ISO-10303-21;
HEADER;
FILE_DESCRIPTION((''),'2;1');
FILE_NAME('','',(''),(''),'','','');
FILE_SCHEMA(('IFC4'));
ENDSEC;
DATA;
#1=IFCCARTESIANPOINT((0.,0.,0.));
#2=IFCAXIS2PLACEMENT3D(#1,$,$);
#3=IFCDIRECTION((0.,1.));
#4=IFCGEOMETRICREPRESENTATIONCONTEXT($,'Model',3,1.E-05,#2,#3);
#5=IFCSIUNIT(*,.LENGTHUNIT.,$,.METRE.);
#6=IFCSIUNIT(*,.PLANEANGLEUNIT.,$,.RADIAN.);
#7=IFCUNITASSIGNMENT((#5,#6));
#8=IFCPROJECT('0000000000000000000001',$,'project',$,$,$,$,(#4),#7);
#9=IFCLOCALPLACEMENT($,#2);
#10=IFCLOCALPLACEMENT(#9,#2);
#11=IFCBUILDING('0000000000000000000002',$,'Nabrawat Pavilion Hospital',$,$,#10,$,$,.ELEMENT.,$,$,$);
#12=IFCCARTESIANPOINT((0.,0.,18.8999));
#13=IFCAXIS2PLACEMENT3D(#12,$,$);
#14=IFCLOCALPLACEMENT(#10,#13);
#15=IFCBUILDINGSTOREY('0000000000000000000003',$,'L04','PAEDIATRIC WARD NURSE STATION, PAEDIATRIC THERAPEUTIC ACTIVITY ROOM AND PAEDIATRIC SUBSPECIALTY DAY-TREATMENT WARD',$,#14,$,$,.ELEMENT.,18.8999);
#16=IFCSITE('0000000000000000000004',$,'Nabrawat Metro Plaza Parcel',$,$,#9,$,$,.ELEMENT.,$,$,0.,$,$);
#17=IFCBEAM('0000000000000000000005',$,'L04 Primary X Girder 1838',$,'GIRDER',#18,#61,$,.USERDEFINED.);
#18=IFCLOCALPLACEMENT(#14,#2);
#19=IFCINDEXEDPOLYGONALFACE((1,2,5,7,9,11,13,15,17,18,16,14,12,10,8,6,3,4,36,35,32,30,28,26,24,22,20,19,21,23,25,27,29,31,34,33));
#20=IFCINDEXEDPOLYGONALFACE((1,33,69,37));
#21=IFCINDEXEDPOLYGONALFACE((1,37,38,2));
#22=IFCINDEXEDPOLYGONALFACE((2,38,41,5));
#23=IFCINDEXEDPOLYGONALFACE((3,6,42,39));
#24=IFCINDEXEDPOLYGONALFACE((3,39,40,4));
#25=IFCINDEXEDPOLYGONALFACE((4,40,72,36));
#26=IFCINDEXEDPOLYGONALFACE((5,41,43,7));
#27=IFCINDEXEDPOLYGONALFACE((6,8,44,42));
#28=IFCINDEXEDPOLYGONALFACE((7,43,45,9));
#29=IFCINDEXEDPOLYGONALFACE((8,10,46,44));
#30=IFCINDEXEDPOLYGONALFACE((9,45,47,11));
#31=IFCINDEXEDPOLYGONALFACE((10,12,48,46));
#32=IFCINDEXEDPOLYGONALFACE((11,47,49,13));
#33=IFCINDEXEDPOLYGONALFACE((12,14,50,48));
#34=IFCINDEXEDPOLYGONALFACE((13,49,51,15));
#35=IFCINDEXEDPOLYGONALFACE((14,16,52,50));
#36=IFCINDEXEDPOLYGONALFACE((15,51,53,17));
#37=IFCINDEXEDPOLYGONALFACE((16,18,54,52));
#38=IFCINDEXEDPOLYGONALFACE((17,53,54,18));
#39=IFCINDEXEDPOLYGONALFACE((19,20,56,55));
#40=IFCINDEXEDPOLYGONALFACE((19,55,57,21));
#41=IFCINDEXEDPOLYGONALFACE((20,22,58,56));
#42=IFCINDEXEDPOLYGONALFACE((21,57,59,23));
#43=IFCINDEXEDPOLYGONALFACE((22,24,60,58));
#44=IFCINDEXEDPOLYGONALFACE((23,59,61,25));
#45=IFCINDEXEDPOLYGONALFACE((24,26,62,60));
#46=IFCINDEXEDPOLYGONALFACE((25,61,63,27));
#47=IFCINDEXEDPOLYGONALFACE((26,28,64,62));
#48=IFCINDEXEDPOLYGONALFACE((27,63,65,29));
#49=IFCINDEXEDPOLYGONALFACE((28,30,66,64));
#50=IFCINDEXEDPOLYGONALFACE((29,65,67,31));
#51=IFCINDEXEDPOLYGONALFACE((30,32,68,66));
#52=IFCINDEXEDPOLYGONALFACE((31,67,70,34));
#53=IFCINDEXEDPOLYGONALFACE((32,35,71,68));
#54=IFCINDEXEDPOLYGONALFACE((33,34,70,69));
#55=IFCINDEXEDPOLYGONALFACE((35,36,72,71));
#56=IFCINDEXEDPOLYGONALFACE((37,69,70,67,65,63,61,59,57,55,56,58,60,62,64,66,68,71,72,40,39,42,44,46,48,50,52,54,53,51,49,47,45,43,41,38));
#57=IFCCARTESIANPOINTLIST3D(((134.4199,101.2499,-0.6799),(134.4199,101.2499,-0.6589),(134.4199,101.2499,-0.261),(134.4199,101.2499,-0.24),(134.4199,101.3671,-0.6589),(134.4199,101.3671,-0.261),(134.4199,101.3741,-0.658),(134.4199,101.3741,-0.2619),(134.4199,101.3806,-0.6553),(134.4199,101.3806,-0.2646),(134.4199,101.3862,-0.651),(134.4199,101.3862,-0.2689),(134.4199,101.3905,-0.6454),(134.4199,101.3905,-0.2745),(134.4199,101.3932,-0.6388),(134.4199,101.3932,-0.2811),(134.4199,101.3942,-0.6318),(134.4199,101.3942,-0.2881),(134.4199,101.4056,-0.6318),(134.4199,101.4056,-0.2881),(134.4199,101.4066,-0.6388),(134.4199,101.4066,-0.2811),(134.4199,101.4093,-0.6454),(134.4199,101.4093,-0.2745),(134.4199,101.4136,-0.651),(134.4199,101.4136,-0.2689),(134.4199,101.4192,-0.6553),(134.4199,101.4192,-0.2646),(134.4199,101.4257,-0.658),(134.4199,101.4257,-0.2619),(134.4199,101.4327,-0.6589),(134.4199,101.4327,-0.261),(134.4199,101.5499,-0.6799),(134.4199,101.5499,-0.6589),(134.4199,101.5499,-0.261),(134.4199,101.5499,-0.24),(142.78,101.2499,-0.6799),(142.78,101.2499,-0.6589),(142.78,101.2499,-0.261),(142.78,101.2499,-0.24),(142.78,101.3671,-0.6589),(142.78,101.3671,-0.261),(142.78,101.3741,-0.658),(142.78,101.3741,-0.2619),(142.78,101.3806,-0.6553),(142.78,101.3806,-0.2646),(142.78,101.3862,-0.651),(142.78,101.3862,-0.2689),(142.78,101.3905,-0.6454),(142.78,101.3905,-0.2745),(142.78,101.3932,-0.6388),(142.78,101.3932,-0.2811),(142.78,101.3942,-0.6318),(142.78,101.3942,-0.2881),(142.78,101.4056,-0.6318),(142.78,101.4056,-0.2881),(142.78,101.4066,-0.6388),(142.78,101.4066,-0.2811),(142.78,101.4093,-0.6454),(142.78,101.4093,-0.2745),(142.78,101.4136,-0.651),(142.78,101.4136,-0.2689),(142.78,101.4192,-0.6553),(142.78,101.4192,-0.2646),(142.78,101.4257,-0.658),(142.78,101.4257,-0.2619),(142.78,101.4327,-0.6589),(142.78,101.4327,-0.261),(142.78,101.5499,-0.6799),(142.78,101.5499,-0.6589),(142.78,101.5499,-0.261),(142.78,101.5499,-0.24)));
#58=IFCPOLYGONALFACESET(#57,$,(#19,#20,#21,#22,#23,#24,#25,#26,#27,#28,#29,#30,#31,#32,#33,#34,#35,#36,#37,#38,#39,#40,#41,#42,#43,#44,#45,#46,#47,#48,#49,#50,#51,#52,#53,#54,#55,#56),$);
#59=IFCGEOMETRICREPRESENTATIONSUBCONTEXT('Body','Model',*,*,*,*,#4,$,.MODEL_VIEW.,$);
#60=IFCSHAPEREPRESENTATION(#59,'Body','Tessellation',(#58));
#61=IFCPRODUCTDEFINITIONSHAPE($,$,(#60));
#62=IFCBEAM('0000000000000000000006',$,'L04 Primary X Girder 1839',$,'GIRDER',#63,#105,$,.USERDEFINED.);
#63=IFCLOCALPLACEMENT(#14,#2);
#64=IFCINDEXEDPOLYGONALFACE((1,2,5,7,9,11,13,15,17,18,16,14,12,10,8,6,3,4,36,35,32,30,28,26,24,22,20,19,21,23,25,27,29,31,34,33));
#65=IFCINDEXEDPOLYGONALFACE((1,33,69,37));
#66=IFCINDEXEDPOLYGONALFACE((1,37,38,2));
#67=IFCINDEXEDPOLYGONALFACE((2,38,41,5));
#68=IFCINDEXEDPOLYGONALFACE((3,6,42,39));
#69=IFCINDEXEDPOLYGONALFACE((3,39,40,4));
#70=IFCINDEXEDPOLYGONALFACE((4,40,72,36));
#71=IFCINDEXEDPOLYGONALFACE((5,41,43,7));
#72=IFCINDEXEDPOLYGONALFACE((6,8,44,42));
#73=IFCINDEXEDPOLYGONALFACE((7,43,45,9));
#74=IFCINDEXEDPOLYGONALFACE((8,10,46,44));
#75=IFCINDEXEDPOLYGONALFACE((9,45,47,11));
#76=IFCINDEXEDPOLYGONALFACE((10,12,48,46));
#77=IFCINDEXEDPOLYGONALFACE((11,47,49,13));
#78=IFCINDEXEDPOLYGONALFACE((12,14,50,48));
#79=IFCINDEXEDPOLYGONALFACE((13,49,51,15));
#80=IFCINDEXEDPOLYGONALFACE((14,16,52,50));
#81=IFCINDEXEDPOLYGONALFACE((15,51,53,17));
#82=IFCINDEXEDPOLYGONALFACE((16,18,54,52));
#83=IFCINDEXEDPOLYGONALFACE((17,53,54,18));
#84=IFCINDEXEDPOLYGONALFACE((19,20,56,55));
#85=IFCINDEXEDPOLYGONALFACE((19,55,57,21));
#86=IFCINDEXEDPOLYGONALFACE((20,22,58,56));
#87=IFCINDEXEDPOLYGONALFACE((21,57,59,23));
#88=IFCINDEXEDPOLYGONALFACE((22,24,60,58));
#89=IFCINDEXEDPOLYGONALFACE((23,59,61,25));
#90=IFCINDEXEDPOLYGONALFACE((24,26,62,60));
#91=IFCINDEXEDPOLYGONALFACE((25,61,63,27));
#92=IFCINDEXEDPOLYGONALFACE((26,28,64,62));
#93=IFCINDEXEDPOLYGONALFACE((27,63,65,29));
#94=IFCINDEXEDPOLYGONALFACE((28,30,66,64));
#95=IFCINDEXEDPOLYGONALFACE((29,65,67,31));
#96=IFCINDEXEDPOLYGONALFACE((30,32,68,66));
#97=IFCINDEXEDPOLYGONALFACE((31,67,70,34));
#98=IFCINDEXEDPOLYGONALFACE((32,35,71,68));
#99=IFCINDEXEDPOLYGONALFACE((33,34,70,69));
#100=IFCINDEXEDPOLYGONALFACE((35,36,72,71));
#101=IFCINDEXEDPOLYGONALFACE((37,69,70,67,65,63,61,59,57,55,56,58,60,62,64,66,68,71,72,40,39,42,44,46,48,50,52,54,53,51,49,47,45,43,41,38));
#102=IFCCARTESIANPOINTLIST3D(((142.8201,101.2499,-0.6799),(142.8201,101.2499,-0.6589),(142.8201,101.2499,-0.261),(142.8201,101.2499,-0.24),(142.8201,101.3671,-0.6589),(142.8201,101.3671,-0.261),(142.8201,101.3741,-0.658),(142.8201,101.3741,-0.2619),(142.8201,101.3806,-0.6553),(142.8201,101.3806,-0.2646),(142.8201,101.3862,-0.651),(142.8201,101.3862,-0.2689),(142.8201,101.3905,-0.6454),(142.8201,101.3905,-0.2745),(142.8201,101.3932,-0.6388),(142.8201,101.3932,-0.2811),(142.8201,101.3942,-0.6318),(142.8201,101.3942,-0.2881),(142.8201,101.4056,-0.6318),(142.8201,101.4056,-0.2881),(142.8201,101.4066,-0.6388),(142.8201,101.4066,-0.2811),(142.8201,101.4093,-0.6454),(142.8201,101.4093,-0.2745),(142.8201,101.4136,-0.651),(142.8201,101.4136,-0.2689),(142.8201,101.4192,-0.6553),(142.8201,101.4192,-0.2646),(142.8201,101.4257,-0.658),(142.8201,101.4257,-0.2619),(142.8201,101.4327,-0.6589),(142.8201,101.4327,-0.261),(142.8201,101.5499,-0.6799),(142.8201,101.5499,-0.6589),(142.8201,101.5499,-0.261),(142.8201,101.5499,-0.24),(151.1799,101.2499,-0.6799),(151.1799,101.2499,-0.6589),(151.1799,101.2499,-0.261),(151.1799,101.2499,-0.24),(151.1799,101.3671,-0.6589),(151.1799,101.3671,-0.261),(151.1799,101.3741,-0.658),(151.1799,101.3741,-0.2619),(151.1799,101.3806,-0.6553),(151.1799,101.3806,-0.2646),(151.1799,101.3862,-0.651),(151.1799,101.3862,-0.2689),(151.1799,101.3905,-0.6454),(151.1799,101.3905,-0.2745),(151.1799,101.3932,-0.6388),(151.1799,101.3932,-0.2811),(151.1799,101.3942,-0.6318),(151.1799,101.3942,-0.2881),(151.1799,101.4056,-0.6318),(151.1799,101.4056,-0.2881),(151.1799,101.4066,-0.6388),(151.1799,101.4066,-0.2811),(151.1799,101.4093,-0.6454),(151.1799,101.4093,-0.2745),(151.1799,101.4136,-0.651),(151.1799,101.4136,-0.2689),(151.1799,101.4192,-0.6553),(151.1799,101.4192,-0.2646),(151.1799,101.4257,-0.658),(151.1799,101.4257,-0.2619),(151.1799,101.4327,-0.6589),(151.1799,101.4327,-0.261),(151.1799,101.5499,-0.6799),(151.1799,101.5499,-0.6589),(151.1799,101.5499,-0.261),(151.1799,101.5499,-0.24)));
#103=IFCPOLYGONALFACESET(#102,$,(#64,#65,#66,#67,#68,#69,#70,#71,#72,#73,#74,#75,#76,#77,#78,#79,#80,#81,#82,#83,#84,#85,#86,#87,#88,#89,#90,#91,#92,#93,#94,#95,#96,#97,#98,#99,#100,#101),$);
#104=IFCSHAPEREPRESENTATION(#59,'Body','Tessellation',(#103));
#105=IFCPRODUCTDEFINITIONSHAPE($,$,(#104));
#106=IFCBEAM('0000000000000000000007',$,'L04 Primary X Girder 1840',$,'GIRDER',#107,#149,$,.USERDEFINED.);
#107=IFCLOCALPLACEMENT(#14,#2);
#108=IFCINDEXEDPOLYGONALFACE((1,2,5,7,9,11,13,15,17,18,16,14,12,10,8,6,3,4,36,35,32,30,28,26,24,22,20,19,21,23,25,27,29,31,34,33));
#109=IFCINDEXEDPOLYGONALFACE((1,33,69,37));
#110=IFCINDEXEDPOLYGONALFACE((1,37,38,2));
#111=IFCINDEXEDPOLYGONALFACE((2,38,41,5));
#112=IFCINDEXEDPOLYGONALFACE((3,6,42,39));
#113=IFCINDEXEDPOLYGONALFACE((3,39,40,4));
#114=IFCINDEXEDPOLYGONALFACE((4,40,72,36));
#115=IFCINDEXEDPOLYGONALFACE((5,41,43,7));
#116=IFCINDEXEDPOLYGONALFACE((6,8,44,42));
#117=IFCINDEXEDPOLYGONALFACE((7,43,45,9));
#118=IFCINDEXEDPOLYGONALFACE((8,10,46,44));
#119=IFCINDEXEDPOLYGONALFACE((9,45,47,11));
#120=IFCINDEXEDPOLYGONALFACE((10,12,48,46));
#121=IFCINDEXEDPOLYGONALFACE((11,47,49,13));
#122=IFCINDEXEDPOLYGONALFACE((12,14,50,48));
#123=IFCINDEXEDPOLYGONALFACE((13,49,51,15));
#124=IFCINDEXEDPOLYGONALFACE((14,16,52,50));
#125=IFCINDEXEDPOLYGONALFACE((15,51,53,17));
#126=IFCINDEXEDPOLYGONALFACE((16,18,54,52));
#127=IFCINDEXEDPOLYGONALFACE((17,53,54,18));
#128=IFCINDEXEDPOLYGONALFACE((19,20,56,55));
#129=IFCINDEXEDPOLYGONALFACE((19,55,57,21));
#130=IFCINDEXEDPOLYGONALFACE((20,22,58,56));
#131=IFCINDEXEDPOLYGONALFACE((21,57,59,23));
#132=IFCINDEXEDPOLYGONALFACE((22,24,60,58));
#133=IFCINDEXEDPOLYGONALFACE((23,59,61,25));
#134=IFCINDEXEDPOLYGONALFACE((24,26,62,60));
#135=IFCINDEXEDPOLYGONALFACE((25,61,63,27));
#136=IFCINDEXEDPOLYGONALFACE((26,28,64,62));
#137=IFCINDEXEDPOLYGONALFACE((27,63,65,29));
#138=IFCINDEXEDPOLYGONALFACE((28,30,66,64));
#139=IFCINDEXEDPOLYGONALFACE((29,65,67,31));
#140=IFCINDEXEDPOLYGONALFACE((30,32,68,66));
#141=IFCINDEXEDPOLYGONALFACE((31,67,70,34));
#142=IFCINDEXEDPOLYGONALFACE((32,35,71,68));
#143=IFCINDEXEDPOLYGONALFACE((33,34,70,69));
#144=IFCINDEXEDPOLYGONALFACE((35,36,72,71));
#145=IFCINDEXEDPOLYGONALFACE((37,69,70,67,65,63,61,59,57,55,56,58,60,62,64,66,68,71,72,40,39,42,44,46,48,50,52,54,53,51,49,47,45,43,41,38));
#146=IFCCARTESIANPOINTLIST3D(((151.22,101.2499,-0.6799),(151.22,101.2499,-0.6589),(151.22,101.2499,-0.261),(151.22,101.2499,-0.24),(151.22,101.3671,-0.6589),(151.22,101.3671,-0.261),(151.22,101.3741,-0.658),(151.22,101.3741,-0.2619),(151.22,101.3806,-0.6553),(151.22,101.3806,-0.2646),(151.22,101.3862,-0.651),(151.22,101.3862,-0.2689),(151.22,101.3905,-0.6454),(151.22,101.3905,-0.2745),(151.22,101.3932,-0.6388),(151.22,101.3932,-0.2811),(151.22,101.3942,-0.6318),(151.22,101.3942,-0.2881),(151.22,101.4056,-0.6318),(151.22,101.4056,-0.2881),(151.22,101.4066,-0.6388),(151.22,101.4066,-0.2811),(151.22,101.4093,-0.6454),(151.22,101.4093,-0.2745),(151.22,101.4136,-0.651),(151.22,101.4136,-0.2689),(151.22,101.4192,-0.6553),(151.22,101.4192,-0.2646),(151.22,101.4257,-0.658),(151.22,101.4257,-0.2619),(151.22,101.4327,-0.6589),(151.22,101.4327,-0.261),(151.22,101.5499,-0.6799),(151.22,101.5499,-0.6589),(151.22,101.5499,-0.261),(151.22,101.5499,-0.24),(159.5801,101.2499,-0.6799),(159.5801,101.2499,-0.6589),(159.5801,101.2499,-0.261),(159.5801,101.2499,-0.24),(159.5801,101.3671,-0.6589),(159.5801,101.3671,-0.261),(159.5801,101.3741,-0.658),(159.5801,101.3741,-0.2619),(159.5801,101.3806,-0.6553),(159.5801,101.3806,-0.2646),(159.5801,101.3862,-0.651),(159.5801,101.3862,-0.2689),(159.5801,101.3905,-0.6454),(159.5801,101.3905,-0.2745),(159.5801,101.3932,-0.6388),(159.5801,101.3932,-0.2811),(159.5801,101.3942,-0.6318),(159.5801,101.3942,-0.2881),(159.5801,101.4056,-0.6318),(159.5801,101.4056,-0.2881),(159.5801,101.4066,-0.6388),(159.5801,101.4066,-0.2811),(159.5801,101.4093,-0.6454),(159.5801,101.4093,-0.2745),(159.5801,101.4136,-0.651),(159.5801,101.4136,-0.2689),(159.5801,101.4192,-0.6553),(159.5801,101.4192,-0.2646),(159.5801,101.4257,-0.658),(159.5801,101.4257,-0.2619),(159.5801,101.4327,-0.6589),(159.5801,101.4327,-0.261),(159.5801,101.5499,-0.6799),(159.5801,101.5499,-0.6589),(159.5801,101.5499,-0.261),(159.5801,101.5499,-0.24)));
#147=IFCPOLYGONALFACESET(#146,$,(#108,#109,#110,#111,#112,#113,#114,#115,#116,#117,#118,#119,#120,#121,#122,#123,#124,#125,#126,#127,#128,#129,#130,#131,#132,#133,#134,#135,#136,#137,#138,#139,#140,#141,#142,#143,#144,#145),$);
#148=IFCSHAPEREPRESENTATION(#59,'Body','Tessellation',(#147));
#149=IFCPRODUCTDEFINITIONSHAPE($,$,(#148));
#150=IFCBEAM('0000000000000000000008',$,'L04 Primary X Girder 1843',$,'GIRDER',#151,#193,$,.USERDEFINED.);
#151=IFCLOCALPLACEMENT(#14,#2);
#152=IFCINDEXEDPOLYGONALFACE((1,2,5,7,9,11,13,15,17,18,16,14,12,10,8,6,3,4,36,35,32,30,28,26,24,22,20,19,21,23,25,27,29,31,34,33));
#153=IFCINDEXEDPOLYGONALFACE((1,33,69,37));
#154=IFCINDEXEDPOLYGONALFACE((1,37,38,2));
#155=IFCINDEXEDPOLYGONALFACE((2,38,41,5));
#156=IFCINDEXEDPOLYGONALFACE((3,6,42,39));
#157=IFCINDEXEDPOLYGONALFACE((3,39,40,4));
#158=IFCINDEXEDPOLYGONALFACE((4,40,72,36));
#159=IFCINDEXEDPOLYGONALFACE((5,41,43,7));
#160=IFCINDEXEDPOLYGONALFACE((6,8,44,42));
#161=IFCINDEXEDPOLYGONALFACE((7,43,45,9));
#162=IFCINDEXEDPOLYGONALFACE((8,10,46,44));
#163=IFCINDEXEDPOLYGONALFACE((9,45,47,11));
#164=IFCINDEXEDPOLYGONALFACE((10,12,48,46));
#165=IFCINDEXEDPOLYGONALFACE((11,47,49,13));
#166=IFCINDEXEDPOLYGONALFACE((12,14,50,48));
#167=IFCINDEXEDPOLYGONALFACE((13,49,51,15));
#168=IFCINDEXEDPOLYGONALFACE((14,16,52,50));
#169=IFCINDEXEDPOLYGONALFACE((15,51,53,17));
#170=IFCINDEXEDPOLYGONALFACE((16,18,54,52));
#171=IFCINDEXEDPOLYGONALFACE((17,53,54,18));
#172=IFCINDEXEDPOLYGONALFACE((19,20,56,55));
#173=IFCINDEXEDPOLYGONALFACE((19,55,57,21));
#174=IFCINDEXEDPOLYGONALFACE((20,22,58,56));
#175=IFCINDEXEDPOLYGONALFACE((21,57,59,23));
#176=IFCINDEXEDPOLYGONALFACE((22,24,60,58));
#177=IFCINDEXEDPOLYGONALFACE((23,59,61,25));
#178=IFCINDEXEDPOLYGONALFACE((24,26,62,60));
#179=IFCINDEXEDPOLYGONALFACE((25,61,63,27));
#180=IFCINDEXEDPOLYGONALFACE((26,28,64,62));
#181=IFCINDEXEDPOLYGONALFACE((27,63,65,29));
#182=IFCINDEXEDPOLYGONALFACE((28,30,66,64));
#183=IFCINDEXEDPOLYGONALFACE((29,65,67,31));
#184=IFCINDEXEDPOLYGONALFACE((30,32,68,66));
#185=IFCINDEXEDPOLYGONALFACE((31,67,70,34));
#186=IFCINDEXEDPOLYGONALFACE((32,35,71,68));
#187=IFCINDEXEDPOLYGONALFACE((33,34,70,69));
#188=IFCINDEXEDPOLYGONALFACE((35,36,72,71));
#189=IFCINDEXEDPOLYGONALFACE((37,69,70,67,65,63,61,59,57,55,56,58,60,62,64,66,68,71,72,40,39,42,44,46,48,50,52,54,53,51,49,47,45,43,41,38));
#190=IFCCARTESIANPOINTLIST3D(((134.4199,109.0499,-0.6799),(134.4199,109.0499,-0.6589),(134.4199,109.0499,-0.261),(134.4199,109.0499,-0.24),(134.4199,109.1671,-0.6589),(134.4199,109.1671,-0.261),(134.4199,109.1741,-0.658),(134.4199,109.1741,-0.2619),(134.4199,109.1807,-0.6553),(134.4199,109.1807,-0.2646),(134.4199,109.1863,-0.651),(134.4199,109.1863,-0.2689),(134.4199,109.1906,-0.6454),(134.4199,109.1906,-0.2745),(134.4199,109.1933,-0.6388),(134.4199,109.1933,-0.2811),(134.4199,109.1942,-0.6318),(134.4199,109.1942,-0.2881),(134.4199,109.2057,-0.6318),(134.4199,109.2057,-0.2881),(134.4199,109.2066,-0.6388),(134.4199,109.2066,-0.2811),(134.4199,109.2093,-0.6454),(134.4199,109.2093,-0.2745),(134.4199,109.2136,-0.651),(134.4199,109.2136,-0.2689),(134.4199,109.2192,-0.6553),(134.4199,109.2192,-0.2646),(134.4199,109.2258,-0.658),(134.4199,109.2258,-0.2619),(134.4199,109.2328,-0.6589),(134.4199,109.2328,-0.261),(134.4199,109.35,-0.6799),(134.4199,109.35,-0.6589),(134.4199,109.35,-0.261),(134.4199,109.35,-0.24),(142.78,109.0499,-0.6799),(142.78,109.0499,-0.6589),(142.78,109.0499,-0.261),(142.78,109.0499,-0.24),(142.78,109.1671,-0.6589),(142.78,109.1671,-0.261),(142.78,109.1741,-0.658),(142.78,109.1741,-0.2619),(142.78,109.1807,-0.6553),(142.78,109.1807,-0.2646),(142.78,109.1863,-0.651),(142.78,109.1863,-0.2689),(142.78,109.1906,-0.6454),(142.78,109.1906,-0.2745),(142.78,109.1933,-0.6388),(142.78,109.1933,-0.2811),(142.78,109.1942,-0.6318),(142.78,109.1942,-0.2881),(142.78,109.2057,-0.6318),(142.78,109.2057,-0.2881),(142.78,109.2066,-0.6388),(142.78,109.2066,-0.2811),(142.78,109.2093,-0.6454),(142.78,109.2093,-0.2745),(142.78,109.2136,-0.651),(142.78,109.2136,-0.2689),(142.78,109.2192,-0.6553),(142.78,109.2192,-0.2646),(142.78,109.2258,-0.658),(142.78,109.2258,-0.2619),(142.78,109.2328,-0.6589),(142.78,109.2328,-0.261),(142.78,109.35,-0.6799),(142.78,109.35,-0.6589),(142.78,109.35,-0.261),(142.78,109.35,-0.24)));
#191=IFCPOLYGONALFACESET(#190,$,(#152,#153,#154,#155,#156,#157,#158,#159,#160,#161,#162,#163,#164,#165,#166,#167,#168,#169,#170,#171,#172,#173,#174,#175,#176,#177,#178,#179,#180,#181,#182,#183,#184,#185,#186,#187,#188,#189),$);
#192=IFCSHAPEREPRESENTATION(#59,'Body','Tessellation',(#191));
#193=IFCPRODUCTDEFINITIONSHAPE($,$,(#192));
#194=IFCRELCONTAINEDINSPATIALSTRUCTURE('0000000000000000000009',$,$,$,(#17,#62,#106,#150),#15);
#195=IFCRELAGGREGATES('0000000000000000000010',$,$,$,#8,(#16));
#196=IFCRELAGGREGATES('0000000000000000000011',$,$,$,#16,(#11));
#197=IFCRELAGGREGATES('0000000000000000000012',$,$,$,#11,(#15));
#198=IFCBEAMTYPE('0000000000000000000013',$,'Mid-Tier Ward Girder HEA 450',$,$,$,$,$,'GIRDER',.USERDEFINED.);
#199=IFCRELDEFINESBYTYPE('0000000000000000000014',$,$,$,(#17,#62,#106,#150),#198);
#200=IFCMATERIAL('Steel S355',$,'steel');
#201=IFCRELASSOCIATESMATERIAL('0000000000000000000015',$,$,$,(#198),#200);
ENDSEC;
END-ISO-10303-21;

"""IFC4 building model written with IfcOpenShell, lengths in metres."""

from ifc_helpers import new_model, si_unit, direction, frame, origin, origin_2d, place, context, subcontext, project, spatial, i_section, extrude, material, material_profile, profile_set, type_object, element, save


model = new_model("IFC4")

# Units and contexts
model_context = context("Model", 3, precision=1e-05, world=origin(), true_north=direction((0.0, 1.0)))
body_context = subcontext(model_context, "Body", "Model", "MODEL_VIEW")
ifc_project = project(units=[si_unit("LENGTHUNIT", "METRE"), si_unit("PLANEANGLEUNIT", "RADIAN")], contexts=[model_context])

# Site, building, storey
site_placement = place(None, origin())
site = spatial("IfcSite", under=ifc_project, at=site_placement, Name="Nabrawat Metro Plaza Parcel", CompositionType="ELEMENT", RefElevation=0.0)
building_placement = place(site_placement, origin())
building = spatial("IfcBuilding", under=site, at=building_placement, Name="Nabrawat Pavilion Hospital", CompositionType="ELEMENT")
storey_placement = place(building_placement, frame((0.0, 0.0, 18.8999)))
storey = spatial("IfcBuildingStorey", under=building, at=storey_placement, Name="L04", Description="PAEDIATRIC WARD NURSE STATION, PAEDIATRIC THERAPEUTIC ACTIVITY ROOM AND PAEDIATRIC SUBSPECIALTY DAY-TREATMENT WARD", CompositionType="ELEMENT", Elevation=18.8999)

# Shared definitions
ifc_material_1 = material(Name="Steel S355", Category="steel")

# Beams
ifc_material_profile_1 = material_profile(ifc_material_1, i_section(OverallWidth=0.3, OverallDepth=0.4399, WebThickness=0.0115, FlangeThickness=0.021, FilletRadius=0.0271, at=origin_2d()), Name="HEA 450")
ifc_profile_set_1 = profile_set([ifc_material_profile_1], Name="Steel S355")
beam_type_1 = type_object("IfcBeamType", Name="Mid-Tier Ward Girder HEA 450", ElementType="GIRDER", PredefinedType="USERDEFINED", material=ifc_profile_set_1)
beam_1_placement = place(storey_placement, frame((134.4199, 101.3999, -0.46), z_axis=(1.0, 0.0, 0.0), x_axis=(0.0, 1.0, 0.0)))
element("IfcBeam", 1, at=beam_1_placement, inside=storey, type_object=beam_type_1, Name="L04 Primary X Girder 1838", ObjectType="GIRDER", PredefinedType="USERDEFINED", context=body_context, shape_type="SweptSolid", body=[
    extrude(i_section(OverallWidth=0.3, OverallDepth=0.4399, WebThickness=0.0115, FlangeThickness=0.021, FilletRadius=0.0271, at=origin_2d()), origin(), (0.0, 0.0, 1.0), 8.3601),
])
beam_2_placement = place(storey_placement, frame((142.8201, 101.3999, -0.46), z_axis=(1.0, 0.0, 0.0), x_axis=(0.0, 1.0, 0.0)))
element("IfcBeam", 2, at=beam_2_placement, inside=storey, type_object=beam_type_1, Name="L04 Primary X Girder 1839", ObjectType="GIRDER", PredefinedType="USERDEFINED", context=body_context, shape_type="SweptSolid", body=[
    extrude(i_section(OverallWidth=0.3, OverallDepth=0.4399, WebThickness=0.0115, FlangeThickness=0.021, FilletRadius=0.0271, at=origin_2d()), origin(), (0.0, 0.0, 1.0), 8.3599),
])
for number, where, z_axis, x_axis, name in (
    (3, (151.22, 101.3999, -0.46), (1.0, 0.0, 0.0), (0.0, 1.0, 0.0), "L04 Primary X Girder 1840"),
    (4, (134.4199, 109.2, -0.46), (1.0, 0.0, 0.0), (0.0, 1.0, 0.0), "L04 Primary X Girder 1843"),
):
    element("IfcBeam", number, at=place(storey_placement, frame(where, z_axis=z_axis, x_axis=x_axis)), inside=storey, type_object=beam_type_1, Name=name, ObjectType="GIRDER", PredefinedType="USERDEFINED", context=body_context, shape_type="SweptSolid", body=[
        extrude(i_section(OverallWidth=0.3, OverallDepth=0.4399, WebThickness=0.0115, FlangeThickness=0.021, FilletRadius=0.0271, at=origin_2d()), origin(), (0.0, 0.0, 1.0), 8.3601),
    ])

save(model, "model.ifc")
